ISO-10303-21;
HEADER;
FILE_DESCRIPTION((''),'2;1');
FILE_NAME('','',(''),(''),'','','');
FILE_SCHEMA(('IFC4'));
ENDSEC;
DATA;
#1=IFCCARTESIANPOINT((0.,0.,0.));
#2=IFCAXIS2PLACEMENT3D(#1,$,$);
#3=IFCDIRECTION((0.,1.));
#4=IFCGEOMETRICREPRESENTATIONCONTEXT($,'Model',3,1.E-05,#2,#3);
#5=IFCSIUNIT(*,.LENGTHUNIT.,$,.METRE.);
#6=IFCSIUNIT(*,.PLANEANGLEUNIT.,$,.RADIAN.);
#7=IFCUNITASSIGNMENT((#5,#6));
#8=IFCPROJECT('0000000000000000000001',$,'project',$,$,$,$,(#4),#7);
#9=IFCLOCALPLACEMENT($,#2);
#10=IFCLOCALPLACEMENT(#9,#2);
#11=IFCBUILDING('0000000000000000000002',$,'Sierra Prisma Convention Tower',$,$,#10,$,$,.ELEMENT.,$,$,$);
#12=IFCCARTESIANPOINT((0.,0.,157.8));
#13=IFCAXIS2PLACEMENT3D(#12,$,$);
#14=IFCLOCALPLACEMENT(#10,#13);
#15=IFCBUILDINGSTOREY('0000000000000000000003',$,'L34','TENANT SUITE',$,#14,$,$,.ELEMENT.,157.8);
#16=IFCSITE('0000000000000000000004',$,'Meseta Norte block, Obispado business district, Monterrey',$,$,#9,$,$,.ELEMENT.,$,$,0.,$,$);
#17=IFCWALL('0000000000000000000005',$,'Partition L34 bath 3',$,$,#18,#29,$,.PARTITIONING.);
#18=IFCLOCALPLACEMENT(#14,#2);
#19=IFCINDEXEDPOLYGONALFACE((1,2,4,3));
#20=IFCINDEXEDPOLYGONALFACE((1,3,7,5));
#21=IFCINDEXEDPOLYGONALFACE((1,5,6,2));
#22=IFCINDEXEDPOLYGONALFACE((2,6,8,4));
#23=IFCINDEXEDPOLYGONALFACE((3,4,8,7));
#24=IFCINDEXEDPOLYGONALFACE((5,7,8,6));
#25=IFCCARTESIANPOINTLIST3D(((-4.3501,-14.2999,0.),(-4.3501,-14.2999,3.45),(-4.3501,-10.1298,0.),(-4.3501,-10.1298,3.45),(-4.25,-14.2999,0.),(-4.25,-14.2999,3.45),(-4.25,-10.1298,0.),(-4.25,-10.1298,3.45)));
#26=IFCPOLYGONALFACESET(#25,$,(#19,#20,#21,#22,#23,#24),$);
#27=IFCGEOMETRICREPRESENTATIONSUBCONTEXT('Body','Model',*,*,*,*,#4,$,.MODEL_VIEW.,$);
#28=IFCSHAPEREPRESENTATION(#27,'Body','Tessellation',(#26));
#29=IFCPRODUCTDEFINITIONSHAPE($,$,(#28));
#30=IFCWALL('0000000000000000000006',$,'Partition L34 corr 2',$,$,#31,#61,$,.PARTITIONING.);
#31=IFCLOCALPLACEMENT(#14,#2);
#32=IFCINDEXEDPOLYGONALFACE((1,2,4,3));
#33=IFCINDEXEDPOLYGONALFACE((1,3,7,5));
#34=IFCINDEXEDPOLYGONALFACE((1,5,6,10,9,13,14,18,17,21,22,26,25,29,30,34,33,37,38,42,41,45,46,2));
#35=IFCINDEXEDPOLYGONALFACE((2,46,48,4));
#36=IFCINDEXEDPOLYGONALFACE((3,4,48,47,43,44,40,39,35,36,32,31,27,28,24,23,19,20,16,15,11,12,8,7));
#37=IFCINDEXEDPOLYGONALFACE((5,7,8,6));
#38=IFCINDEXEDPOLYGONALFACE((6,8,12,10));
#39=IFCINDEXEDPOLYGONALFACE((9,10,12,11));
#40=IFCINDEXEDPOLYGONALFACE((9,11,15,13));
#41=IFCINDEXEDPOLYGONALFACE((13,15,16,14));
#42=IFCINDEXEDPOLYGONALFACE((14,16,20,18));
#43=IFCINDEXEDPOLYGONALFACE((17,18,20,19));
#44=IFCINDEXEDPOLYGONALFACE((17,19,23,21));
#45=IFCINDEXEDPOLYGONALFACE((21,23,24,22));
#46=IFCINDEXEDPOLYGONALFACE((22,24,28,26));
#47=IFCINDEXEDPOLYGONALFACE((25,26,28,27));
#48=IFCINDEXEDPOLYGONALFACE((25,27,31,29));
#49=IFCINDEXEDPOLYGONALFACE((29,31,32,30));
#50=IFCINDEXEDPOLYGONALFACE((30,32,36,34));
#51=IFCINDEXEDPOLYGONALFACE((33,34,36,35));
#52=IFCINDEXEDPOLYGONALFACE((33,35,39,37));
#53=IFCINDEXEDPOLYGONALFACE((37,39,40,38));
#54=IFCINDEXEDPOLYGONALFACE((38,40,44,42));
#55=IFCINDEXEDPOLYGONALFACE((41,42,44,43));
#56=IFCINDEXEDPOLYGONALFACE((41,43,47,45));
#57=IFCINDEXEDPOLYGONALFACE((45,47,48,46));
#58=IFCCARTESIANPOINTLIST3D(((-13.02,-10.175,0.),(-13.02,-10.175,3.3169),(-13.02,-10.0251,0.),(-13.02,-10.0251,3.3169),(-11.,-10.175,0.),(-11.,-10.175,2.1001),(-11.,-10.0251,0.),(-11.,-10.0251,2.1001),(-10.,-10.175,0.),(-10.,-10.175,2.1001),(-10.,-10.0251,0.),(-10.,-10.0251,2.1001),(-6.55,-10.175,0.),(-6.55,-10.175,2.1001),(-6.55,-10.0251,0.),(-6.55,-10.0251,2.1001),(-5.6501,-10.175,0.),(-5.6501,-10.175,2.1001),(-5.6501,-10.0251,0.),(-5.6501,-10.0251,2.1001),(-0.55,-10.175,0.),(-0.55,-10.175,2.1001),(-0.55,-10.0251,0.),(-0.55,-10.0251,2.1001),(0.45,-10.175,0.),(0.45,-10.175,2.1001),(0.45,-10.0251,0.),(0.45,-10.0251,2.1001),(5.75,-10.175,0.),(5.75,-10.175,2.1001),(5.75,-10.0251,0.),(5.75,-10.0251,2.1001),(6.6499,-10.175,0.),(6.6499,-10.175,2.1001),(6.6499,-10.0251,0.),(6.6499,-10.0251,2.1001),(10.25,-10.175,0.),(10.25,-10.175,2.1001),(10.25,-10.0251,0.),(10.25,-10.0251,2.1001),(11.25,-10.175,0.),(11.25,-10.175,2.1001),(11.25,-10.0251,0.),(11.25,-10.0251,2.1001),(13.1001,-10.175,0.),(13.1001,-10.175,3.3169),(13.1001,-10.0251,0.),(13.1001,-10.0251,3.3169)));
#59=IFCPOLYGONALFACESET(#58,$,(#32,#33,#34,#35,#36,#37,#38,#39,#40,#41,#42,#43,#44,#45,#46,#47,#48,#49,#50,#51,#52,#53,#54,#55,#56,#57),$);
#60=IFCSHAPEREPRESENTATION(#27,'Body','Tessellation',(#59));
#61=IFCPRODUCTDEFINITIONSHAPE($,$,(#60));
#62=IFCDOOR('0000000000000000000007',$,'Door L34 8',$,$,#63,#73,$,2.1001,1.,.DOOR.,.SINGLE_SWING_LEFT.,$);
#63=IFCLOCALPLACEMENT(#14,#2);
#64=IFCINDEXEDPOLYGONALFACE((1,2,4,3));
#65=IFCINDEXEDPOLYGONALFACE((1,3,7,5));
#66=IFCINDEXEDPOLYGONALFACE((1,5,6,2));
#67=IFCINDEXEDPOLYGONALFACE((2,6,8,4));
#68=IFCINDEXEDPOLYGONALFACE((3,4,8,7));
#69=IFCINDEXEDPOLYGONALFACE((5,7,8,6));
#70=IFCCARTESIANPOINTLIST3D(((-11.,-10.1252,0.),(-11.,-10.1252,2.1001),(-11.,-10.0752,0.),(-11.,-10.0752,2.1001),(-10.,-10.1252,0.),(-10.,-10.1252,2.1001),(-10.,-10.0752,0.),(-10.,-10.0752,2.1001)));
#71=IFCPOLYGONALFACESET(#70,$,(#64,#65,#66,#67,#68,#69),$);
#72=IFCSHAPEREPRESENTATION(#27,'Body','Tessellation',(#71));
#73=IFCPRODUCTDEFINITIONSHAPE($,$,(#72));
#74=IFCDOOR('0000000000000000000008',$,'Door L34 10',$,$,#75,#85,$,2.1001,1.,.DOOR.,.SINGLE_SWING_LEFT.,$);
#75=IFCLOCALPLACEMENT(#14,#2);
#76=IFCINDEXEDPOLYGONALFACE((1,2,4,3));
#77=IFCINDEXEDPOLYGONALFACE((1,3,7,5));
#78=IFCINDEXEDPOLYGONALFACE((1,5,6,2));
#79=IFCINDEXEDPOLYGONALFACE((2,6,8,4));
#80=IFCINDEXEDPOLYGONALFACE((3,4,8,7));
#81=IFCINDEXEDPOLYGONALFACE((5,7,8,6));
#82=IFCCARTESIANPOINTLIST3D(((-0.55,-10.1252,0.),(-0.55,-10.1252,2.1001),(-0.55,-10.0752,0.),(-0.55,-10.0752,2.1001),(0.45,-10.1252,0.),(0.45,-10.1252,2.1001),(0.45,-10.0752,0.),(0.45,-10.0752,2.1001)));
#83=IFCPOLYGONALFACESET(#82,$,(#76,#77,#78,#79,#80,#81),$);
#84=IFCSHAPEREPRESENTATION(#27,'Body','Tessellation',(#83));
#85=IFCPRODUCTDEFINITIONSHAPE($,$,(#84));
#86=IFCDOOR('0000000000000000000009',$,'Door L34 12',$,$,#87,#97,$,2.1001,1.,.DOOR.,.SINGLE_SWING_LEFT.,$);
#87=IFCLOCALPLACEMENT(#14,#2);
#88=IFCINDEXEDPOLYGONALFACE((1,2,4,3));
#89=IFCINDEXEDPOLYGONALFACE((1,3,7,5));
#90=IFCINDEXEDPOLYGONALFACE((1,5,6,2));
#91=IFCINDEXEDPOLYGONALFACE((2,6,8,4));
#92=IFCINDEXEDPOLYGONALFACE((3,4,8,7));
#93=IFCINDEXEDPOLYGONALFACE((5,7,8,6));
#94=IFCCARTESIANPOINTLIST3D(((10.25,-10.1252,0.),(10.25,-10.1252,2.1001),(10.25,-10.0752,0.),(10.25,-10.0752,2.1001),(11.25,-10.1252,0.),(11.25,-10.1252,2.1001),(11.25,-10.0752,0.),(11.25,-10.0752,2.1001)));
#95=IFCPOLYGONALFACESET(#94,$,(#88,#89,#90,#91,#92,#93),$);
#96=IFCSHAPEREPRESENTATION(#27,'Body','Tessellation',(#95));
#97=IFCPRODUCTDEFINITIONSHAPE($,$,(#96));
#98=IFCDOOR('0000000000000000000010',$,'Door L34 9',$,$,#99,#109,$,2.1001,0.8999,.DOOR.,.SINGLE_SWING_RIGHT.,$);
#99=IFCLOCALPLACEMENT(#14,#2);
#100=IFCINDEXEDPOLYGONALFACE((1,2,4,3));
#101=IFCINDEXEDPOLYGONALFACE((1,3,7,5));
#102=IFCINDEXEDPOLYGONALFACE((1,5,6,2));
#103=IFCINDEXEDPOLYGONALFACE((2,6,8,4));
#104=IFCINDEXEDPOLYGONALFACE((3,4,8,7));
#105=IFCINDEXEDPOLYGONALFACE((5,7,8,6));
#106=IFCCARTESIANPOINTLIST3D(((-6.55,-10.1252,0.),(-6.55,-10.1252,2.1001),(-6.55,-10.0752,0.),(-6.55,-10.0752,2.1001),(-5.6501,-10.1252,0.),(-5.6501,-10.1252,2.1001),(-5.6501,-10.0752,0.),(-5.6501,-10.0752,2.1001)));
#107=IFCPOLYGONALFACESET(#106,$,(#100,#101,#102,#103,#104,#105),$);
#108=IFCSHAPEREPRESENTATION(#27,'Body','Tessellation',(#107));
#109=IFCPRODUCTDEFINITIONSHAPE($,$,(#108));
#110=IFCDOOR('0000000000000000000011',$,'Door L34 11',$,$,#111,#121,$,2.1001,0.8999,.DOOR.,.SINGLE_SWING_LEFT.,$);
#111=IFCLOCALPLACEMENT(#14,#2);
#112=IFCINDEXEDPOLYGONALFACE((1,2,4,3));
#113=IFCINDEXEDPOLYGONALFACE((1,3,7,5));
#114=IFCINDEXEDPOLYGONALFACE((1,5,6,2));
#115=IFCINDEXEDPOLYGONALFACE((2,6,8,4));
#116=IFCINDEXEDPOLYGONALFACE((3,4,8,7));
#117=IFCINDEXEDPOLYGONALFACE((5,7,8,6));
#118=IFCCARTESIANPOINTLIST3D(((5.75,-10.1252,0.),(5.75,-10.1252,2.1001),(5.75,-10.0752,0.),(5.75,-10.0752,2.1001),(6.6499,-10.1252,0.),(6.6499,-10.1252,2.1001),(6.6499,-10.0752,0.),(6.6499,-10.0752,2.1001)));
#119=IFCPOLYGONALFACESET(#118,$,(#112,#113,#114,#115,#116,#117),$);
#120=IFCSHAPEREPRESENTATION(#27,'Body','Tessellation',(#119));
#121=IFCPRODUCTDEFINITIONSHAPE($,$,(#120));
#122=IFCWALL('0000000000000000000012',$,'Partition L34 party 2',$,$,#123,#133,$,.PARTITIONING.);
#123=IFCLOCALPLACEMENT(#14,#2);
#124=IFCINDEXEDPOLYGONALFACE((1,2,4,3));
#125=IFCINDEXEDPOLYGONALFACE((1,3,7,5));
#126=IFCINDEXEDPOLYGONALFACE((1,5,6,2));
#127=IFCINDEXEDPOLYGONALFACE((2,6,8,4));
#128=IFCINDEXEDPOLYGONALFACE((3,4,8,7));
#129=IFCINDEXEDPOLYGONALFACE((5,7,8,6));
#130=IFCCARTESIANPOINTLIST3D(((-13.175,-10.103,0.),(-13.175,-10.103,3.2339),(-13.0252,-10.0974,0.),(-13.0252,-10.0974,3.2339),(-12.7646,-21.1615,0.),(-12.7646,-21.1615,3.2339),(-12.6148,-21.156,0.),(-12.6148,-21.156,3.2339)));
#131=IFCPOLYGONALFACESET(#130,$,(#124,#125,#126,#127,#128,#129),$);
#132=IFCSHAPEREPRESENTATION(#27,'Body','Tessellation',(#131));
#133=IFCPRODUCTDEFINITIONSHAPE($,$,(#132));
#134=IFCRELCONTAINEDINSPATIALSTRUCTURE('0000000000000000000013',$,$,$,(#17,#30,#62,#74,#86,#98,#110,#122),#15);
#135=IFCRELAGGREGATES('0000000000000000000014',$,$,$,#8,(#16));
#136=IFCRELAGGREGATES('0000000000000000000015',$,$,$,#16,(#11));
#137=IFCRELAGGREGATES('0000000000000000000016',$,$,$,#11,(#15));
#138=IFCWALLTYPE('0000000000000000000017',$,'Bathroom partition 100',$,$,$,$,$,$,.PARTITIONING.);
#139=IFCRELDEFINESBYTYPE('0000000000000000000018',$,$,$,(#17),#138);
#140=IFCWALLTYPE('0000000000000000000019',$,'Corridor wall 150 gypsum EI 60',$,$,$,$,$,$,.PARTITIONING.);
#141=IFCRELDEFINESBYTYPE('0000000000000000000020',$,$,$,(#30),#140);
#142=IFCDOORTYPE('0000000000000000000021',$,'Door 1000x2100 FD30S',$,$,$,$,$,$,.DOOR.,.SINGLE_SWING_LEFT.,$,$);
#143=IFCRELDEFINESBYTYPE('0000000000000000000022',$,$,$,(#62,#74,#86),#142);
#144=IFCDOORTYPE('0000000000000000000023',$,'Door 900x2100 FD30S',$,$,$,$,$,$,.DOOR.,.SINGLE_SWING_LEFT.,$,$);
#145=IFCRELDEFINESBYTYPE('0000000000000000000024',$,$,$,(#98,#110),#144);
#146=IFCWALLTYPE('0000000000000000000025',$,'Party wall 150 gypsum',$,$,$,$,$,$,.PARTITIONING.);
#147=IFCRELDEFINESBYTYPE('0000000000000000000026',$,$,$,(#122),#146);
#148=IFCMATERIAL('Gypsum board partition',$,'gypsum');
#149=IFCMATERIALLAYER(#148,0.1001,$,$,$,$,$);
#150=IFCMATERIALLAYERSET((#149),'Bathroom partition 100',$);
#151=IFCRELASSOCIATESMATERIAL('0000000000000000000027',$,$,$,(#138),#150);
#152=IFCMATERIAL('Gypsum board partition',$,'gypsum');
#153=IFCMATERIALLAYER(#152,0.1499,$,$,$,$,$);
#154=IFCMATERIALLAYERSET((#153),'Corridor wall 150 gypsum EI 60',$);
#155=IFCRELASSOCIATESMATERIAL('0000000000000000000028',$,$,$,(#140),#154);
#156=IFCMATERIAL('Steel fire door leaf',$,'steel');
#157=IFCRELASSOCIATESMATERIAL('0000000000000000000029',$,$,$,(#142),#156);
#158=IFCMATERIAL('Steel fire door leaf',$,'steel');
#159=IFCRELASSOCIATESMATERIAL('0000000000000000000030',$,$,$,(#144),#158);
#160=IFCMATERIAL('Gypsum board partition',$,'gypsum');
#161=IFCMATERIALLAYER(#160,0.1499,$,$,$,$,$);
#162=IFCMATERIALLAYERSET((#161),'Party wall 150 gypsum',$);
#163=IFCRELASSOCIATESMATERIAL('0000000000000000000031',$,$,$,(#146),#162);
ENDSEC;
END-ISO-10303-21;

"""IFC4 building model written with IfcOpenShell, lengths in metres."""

from ifc_helpers import new_model, si_unit, direction, frame, frame_2d, origin, place, context, subcontext, project, spatial, rectangle, extrude, material, layer, layer_set, type_object, element, fill, save


model = new_model("IFC4")

# Units and contexts
model_context = context("Model", 3, precision=1e-05, world=origin(), true_north=direction((0.0, 1.0)))
body_context = subcontext(model_context, "Body", "Model", "MODEL_VIEW")
ifc_project = project(units=[si_unit("LENGTHUNIT", "METRE"), si_unit("PLANEANGLEUNIT", "RADIAN")], contexts=[model_context])

# Site, building, storey
site_placement = place(None, origin())
site = spatial("IfcSite", under=ifc_project, at=site_placement, Name="Meseta Norte block, Obispado business district, Monterrey", CompositionType="ELEMENT", RefElevation=0.0)
building_placement = place(site_placement, origin())
building = spatial("IfcBuilding", under=site, at=building_placement, Name="Sierra Prisma Convention Tower", CompositionType="ELEMENT")
storey_placement = place(building_placement, frame((0.0, 0.0, 157.8)))
storey = spatial("IfcBuildingStorey", under=building, at=storey_placement, Name="L34", Description="TENANT SUITE", CompositionType="ELEMENT", Elevation=157.8)

# Wall
ifc_material_1 = material(Name="Gypsum board partition", Category="gypsum")
ifc_layer_1 = layer(ifc_material_1, 0.1001)
ifc_layer_set_1 = layer_set([ifc_layer_1], Name="Bathroom partition 100")
wall_type_1 = type_object("IfcWallType", Name="Bathroom partition 100", PredefinedType="PARTITIONING", material=ifc_layer_set_1)
wall_1_placement = place(storey_placement, frame((-4.3, -10.1299, 0.0), z_axis=(0.0, 0.0, 1.0), x_axis=(0.0, -1.0, 0.0)))
element("IfcWall", 1, at=wall_1_placement, inside=storey, type_object=wall_type_1, Name="Partition L34 bath 3", PredefinedType="PARTITIONING", context=body_context, shape_type="SweptSolid", body=[
    extrude(rectangle(XDim=4.1702, YDim=0.1001, at=frame_2d((2.085, 0.0))), origin(), (0.0, 0.0, 1.0), 3.45),
])

# Wall, openings, doors
ifc_material_2 = material(Name="Gypsum board partition", Category="gypsum")
ifc_layer_2 = layer(ifc_material_2, 0.1499)
ifc_layer_set_2 = layer_set([ifc_layer_2], Name="Corridor wall 150 gypsum EI 60")
wall_type_2 = type_object("IfcWallType", Name="Corridor wall 150 gypsum EI 60", PredefinedType="PARTITIONING", material=ifc_layer_set_2)
wall_2_placement = place(storey_placement, frame((-13.02, -10.1001, 0.0), z_axis=(0.0, 0.0, 1.0), x_axis=(1.0, 0.0, 0.0)))
wall_2 = element("IfcWall", 2, at=wall_2_placement, inside=storey, type_object=wall_type_2, Name="Partition L34 corr 2", PredefinedType="PARTITIONING", context=body_context, shape_type="SweptSolid", body=[
    extrude(rectangle(XDim=26.1201, YDim=0.1499, at=frame_2d((13.0601, 0.0))), origin(), (0.0, 0.0, 1.0), 3.3169),
])
opening_1_placement = place(wall_2_placement, frame((2.02, 0.0, 0.0)))
opening_1 = element("IfcOpeningElement", 3, at=opening_1_placement, cuts=wall_2, PredefinedType="OPENING", context=body_context, shape_type="SweptSolid", body=[
    extrude(rectangle(XDim=1.0, YDim=2.1001, at=frame_2d((0.5, 1.05))), frame((0.0, 0.075, 0.0), z_axis=(0.0, -1.0, 0.0), x_axis=(1.0, 0.0, 0.0)), (0.0, 0.0, 1.0), 0.1499),
])
opening_2_placement = place(wall_2_placement, frame((6.47, 0.0, 0.0)))
opening_2 = element("IfcOpeningElement", 4, at=opening_2_placement, cuts=wall_2, PredefinedType="OPENING", context=body_context, shape_type="SweptSolid", body=[
    extrude(rectangle(XDim=0.8999, YDim=2.1001, at=frame_2d((0.45, 1.05))), frame((0.0, 0.075, 0.0), z_axis=(0.0, -1.0, 0.0), x_axis=(1.0, 0.0, 0.0)), (0.0, 0.0, 1.0), 0.1499),
])
opening_3_placement = place(wall_2_placement, frame((12.47, 0.0, 0.0)))
opening_3 = element("IfcOpeningElement", 5, at=opening_3_placement, cuts=wall_2, PredefinedType="OPENING", context=body_context, shape_type="SweptSolid", body=[
    extrude(rectangle(XDim=1.0, YDim=2.1001, at=frame_2d((0.5, 1.05))), frame((0.0, 0.075, 0.0), z_axis=(0.0, -1.0, 0.0), x_axis=(1.0, 0.0, 0.0)), (0.0, 0.0, 1.0), 0.1499),
])
opening_4_placement = place(wall_2_placement, frame((18.77, 0.0, 0.0)))
opening_4 = element("IfcOpeningElement", 6, at=opening_4_placement, cuts=wall_2, PredefinedType="OPENING", context=body_context, shape_type="SweptSolid", body=[
    extrude(rectangle(XDim=0.8999, YDim=2.1001, at=frame_2d((0.45, 1.05))), frame((0.0, 0.075, 0.0), z_axis=(0.0, -1.0, 0.0), x_axis=(1.0, 0.0, 0.0)), (0.0, 0.0, 1.0), 0.1499),
])
opening_5_placement = place(wall_2_placement, frame((23.27, 0.0, 0.0)))
opening_5 = element("IfcOpeningElement", 7, at=opening_5_placement, cuts=wall_2, PredefinedType="OPENING", context=body_context, shape_type="SweptSolid", body=[
    extrude(rectangle(XDim=1.0, YDim=2.1001, at=frame_2d((0.5, 1.05))), frame((0.0, 0.075, 0.0), z_axis=(0.0, -1.0, 0.0), x_axis=(1.0, 0.0, 0.0)), (0.0, 0.0, 1.0), 0.1499),
])
ifc_material_3 = material(Name="Steel fire door leaf", Category="steel")
door_type_1 = type_object("IfcDoorType", Name="Door 1000x2100 FD30S", OperationType="SINGLE_SWING_LEFT", PredefinedType="DOOR", material=ifc_material_3)
door_1_placement = place(opening_1_placement, origin())
door_1 = element("IfcDoor", 8, at=door_1_placement, inside=storey, type_object=door_type_1, Name="Door L34 8", OperationType="SINGLE_SWING_LEFT", OverallHeight=2.1001, OverallWidth=1.0, PredefinedType="DOOR", context=body_context, shape_type="SweptSolid", body=[
    extrude(rectangle(XDim=1.0, YDim=2.1001, at=frame_2d((0.5, 1.05))), frame((0.0, 0.0249, 0.0), z_axis=(0.0, -1.0, 0.0), x_axis=(1.0, 0.0, 0.0)), (0.0, 0.0, 1.0), 0.05),
])
fill(opening_1, door_1)
door_2_placement = place(opening_3_placement, origin())
door_2 = element("IfcDoor", 9, at=door_2_placement, inside=storey, type_object=door_type_1, Name="Door L34 10", OperationType="SINGLE_SWING_LEFT", OverallHeight=2.1001, OverallWidth=1.0, PredefinedType="DOOR", context=body_context, shape_type="SweptSolid", body=[
    extrude(rectangle(XDim=1.0, YDim=2.1001, at=frame_2d((0.5, 1.05))), frame((0.0, 0.0249, 0.0), z_axis=(0.0, -1.0, 0.0), x_axis=(1.0, 0.0, 0.0)), (0.0, 0.0, 1.0), 0.05),
])
fill(opening_3, door_2)
door_3_placement = place(opening_5_placement, origin())
door_3 = element("IfcDoor", 10, at=door_3_placement, inside=storey, type_object=door_type_1, Name="Door L34 12", OperationType="SINGLE_SWING_LEFT", OverallHeight=2.1001, OverallWidth=1.0, PredefinedType="DOOR", context=body_context, shape_type="SweptSolid", body=[
    extrude(rectangle(XDim=1.0, YDim=2.1001, at=frame_2d((0.5, 1.05))), frame((0.0, 0.0249, 0.0), z_axis=(0.0, -1.0, 0.0), x_axis=(1.0, 0.0, 0.0)), (0.0, 0.0, 1.0), 0.05),
])
fill(opening_5, door_3)
ifc_material_4 = material(Name="Steel fire door leaf", Category="steel")
door_type_2 = type_object("IfcDoorType", Name="Door 900x2100 FD30S", OperationType="SINGLE_SWING_LEFT", PredefinedType="DOOR", material=ifc_material_4)
door_4_placement = place(opening_2_placement, origin())
door_4 = element("IfcDoor", 11, at=door_4_placement, inside=storey, type_object=door_type_2, Name="Door L34 9", OperationType="SINGLE_SWING_RIGHT", OverallHeight=2.1001, OverallWidth=0.8999, PredefinedType="DOOR", context=body_context, shape_type="SweptSolid", body=[
    extrude(rectangle(XDim=0.8999, YDim=2.1001, at=frame_2d((0.45, 1.05))), frame((0.0, 0.0249, 0.0), z_axis=(0.0, -1.0, 0.0), x_axis=(1.0, 0.0, 0.0)), (0.0, 0.0, 1.0), 0.05),
])
fill(opening_2, door_4)
door_5_placement = place(opening_4_placement, origin())
door_5 = element("IfcDoor", 12, at=door_5_placement, inside=storey, type_object=door_type_2, Name="Door L34 11", OperationType="SINGLE_SWING_LEFT", OverallHeight=2.1001, OverallWidth=0.8999, PredefinedType="DOOR", context=body_context, shape_type="SweptSolid", body=[
    extrude(rectangle(XDim=0.8999, YDim=2.1001, at=frame_2d((0.45, 1.05))), frame((0.0, 0.0249, 0.0), z_axis=(0.0, -1.0, 0.0), x_axis=(1.0, 0.0, 0.0)), (0.0, 0.0, 1.0), 0.05),
])
fill(opening_4, door_5)

# Wall
ifc_material_5 = material(Name="Gypsum board partition", Category="gypsum")
ifc_layer_3 = layer(ifc_material_5, 0.1499)
ifc_layer_set_3 = layer_set([ifc_layer_3], Name="Party wall 150 gypsum")
wall_type_3 = type_object("IfcWallType", Name="Party wall 150 gypsum", PredefinedType="PARTITIONING", material=ifc_layer_set_3)
wall_3_placement = place(storey_placement, frame((-13.1001, -10.1001, 0.0), z_axis=(0.0, 0.0, 1.0), x_axis=(0.037086, -0.999312, 0.0)))
element("IfcWall", 13, at=wall_3_placement, inside=storey, type_object=wall_type_3, Name="Partition L34 party 2", PredefinedType="PARTITIONING", context=body_context, shape_type="SweptSolid", body=[
    extrude(rectangle(XDim=11.0662, YDim=0.1499, at=frame_2d((5.5332, 0.0))), origin(), (0.0, 0.0, 1.0), 3.2339),
])

save(model, "model.ifc")
